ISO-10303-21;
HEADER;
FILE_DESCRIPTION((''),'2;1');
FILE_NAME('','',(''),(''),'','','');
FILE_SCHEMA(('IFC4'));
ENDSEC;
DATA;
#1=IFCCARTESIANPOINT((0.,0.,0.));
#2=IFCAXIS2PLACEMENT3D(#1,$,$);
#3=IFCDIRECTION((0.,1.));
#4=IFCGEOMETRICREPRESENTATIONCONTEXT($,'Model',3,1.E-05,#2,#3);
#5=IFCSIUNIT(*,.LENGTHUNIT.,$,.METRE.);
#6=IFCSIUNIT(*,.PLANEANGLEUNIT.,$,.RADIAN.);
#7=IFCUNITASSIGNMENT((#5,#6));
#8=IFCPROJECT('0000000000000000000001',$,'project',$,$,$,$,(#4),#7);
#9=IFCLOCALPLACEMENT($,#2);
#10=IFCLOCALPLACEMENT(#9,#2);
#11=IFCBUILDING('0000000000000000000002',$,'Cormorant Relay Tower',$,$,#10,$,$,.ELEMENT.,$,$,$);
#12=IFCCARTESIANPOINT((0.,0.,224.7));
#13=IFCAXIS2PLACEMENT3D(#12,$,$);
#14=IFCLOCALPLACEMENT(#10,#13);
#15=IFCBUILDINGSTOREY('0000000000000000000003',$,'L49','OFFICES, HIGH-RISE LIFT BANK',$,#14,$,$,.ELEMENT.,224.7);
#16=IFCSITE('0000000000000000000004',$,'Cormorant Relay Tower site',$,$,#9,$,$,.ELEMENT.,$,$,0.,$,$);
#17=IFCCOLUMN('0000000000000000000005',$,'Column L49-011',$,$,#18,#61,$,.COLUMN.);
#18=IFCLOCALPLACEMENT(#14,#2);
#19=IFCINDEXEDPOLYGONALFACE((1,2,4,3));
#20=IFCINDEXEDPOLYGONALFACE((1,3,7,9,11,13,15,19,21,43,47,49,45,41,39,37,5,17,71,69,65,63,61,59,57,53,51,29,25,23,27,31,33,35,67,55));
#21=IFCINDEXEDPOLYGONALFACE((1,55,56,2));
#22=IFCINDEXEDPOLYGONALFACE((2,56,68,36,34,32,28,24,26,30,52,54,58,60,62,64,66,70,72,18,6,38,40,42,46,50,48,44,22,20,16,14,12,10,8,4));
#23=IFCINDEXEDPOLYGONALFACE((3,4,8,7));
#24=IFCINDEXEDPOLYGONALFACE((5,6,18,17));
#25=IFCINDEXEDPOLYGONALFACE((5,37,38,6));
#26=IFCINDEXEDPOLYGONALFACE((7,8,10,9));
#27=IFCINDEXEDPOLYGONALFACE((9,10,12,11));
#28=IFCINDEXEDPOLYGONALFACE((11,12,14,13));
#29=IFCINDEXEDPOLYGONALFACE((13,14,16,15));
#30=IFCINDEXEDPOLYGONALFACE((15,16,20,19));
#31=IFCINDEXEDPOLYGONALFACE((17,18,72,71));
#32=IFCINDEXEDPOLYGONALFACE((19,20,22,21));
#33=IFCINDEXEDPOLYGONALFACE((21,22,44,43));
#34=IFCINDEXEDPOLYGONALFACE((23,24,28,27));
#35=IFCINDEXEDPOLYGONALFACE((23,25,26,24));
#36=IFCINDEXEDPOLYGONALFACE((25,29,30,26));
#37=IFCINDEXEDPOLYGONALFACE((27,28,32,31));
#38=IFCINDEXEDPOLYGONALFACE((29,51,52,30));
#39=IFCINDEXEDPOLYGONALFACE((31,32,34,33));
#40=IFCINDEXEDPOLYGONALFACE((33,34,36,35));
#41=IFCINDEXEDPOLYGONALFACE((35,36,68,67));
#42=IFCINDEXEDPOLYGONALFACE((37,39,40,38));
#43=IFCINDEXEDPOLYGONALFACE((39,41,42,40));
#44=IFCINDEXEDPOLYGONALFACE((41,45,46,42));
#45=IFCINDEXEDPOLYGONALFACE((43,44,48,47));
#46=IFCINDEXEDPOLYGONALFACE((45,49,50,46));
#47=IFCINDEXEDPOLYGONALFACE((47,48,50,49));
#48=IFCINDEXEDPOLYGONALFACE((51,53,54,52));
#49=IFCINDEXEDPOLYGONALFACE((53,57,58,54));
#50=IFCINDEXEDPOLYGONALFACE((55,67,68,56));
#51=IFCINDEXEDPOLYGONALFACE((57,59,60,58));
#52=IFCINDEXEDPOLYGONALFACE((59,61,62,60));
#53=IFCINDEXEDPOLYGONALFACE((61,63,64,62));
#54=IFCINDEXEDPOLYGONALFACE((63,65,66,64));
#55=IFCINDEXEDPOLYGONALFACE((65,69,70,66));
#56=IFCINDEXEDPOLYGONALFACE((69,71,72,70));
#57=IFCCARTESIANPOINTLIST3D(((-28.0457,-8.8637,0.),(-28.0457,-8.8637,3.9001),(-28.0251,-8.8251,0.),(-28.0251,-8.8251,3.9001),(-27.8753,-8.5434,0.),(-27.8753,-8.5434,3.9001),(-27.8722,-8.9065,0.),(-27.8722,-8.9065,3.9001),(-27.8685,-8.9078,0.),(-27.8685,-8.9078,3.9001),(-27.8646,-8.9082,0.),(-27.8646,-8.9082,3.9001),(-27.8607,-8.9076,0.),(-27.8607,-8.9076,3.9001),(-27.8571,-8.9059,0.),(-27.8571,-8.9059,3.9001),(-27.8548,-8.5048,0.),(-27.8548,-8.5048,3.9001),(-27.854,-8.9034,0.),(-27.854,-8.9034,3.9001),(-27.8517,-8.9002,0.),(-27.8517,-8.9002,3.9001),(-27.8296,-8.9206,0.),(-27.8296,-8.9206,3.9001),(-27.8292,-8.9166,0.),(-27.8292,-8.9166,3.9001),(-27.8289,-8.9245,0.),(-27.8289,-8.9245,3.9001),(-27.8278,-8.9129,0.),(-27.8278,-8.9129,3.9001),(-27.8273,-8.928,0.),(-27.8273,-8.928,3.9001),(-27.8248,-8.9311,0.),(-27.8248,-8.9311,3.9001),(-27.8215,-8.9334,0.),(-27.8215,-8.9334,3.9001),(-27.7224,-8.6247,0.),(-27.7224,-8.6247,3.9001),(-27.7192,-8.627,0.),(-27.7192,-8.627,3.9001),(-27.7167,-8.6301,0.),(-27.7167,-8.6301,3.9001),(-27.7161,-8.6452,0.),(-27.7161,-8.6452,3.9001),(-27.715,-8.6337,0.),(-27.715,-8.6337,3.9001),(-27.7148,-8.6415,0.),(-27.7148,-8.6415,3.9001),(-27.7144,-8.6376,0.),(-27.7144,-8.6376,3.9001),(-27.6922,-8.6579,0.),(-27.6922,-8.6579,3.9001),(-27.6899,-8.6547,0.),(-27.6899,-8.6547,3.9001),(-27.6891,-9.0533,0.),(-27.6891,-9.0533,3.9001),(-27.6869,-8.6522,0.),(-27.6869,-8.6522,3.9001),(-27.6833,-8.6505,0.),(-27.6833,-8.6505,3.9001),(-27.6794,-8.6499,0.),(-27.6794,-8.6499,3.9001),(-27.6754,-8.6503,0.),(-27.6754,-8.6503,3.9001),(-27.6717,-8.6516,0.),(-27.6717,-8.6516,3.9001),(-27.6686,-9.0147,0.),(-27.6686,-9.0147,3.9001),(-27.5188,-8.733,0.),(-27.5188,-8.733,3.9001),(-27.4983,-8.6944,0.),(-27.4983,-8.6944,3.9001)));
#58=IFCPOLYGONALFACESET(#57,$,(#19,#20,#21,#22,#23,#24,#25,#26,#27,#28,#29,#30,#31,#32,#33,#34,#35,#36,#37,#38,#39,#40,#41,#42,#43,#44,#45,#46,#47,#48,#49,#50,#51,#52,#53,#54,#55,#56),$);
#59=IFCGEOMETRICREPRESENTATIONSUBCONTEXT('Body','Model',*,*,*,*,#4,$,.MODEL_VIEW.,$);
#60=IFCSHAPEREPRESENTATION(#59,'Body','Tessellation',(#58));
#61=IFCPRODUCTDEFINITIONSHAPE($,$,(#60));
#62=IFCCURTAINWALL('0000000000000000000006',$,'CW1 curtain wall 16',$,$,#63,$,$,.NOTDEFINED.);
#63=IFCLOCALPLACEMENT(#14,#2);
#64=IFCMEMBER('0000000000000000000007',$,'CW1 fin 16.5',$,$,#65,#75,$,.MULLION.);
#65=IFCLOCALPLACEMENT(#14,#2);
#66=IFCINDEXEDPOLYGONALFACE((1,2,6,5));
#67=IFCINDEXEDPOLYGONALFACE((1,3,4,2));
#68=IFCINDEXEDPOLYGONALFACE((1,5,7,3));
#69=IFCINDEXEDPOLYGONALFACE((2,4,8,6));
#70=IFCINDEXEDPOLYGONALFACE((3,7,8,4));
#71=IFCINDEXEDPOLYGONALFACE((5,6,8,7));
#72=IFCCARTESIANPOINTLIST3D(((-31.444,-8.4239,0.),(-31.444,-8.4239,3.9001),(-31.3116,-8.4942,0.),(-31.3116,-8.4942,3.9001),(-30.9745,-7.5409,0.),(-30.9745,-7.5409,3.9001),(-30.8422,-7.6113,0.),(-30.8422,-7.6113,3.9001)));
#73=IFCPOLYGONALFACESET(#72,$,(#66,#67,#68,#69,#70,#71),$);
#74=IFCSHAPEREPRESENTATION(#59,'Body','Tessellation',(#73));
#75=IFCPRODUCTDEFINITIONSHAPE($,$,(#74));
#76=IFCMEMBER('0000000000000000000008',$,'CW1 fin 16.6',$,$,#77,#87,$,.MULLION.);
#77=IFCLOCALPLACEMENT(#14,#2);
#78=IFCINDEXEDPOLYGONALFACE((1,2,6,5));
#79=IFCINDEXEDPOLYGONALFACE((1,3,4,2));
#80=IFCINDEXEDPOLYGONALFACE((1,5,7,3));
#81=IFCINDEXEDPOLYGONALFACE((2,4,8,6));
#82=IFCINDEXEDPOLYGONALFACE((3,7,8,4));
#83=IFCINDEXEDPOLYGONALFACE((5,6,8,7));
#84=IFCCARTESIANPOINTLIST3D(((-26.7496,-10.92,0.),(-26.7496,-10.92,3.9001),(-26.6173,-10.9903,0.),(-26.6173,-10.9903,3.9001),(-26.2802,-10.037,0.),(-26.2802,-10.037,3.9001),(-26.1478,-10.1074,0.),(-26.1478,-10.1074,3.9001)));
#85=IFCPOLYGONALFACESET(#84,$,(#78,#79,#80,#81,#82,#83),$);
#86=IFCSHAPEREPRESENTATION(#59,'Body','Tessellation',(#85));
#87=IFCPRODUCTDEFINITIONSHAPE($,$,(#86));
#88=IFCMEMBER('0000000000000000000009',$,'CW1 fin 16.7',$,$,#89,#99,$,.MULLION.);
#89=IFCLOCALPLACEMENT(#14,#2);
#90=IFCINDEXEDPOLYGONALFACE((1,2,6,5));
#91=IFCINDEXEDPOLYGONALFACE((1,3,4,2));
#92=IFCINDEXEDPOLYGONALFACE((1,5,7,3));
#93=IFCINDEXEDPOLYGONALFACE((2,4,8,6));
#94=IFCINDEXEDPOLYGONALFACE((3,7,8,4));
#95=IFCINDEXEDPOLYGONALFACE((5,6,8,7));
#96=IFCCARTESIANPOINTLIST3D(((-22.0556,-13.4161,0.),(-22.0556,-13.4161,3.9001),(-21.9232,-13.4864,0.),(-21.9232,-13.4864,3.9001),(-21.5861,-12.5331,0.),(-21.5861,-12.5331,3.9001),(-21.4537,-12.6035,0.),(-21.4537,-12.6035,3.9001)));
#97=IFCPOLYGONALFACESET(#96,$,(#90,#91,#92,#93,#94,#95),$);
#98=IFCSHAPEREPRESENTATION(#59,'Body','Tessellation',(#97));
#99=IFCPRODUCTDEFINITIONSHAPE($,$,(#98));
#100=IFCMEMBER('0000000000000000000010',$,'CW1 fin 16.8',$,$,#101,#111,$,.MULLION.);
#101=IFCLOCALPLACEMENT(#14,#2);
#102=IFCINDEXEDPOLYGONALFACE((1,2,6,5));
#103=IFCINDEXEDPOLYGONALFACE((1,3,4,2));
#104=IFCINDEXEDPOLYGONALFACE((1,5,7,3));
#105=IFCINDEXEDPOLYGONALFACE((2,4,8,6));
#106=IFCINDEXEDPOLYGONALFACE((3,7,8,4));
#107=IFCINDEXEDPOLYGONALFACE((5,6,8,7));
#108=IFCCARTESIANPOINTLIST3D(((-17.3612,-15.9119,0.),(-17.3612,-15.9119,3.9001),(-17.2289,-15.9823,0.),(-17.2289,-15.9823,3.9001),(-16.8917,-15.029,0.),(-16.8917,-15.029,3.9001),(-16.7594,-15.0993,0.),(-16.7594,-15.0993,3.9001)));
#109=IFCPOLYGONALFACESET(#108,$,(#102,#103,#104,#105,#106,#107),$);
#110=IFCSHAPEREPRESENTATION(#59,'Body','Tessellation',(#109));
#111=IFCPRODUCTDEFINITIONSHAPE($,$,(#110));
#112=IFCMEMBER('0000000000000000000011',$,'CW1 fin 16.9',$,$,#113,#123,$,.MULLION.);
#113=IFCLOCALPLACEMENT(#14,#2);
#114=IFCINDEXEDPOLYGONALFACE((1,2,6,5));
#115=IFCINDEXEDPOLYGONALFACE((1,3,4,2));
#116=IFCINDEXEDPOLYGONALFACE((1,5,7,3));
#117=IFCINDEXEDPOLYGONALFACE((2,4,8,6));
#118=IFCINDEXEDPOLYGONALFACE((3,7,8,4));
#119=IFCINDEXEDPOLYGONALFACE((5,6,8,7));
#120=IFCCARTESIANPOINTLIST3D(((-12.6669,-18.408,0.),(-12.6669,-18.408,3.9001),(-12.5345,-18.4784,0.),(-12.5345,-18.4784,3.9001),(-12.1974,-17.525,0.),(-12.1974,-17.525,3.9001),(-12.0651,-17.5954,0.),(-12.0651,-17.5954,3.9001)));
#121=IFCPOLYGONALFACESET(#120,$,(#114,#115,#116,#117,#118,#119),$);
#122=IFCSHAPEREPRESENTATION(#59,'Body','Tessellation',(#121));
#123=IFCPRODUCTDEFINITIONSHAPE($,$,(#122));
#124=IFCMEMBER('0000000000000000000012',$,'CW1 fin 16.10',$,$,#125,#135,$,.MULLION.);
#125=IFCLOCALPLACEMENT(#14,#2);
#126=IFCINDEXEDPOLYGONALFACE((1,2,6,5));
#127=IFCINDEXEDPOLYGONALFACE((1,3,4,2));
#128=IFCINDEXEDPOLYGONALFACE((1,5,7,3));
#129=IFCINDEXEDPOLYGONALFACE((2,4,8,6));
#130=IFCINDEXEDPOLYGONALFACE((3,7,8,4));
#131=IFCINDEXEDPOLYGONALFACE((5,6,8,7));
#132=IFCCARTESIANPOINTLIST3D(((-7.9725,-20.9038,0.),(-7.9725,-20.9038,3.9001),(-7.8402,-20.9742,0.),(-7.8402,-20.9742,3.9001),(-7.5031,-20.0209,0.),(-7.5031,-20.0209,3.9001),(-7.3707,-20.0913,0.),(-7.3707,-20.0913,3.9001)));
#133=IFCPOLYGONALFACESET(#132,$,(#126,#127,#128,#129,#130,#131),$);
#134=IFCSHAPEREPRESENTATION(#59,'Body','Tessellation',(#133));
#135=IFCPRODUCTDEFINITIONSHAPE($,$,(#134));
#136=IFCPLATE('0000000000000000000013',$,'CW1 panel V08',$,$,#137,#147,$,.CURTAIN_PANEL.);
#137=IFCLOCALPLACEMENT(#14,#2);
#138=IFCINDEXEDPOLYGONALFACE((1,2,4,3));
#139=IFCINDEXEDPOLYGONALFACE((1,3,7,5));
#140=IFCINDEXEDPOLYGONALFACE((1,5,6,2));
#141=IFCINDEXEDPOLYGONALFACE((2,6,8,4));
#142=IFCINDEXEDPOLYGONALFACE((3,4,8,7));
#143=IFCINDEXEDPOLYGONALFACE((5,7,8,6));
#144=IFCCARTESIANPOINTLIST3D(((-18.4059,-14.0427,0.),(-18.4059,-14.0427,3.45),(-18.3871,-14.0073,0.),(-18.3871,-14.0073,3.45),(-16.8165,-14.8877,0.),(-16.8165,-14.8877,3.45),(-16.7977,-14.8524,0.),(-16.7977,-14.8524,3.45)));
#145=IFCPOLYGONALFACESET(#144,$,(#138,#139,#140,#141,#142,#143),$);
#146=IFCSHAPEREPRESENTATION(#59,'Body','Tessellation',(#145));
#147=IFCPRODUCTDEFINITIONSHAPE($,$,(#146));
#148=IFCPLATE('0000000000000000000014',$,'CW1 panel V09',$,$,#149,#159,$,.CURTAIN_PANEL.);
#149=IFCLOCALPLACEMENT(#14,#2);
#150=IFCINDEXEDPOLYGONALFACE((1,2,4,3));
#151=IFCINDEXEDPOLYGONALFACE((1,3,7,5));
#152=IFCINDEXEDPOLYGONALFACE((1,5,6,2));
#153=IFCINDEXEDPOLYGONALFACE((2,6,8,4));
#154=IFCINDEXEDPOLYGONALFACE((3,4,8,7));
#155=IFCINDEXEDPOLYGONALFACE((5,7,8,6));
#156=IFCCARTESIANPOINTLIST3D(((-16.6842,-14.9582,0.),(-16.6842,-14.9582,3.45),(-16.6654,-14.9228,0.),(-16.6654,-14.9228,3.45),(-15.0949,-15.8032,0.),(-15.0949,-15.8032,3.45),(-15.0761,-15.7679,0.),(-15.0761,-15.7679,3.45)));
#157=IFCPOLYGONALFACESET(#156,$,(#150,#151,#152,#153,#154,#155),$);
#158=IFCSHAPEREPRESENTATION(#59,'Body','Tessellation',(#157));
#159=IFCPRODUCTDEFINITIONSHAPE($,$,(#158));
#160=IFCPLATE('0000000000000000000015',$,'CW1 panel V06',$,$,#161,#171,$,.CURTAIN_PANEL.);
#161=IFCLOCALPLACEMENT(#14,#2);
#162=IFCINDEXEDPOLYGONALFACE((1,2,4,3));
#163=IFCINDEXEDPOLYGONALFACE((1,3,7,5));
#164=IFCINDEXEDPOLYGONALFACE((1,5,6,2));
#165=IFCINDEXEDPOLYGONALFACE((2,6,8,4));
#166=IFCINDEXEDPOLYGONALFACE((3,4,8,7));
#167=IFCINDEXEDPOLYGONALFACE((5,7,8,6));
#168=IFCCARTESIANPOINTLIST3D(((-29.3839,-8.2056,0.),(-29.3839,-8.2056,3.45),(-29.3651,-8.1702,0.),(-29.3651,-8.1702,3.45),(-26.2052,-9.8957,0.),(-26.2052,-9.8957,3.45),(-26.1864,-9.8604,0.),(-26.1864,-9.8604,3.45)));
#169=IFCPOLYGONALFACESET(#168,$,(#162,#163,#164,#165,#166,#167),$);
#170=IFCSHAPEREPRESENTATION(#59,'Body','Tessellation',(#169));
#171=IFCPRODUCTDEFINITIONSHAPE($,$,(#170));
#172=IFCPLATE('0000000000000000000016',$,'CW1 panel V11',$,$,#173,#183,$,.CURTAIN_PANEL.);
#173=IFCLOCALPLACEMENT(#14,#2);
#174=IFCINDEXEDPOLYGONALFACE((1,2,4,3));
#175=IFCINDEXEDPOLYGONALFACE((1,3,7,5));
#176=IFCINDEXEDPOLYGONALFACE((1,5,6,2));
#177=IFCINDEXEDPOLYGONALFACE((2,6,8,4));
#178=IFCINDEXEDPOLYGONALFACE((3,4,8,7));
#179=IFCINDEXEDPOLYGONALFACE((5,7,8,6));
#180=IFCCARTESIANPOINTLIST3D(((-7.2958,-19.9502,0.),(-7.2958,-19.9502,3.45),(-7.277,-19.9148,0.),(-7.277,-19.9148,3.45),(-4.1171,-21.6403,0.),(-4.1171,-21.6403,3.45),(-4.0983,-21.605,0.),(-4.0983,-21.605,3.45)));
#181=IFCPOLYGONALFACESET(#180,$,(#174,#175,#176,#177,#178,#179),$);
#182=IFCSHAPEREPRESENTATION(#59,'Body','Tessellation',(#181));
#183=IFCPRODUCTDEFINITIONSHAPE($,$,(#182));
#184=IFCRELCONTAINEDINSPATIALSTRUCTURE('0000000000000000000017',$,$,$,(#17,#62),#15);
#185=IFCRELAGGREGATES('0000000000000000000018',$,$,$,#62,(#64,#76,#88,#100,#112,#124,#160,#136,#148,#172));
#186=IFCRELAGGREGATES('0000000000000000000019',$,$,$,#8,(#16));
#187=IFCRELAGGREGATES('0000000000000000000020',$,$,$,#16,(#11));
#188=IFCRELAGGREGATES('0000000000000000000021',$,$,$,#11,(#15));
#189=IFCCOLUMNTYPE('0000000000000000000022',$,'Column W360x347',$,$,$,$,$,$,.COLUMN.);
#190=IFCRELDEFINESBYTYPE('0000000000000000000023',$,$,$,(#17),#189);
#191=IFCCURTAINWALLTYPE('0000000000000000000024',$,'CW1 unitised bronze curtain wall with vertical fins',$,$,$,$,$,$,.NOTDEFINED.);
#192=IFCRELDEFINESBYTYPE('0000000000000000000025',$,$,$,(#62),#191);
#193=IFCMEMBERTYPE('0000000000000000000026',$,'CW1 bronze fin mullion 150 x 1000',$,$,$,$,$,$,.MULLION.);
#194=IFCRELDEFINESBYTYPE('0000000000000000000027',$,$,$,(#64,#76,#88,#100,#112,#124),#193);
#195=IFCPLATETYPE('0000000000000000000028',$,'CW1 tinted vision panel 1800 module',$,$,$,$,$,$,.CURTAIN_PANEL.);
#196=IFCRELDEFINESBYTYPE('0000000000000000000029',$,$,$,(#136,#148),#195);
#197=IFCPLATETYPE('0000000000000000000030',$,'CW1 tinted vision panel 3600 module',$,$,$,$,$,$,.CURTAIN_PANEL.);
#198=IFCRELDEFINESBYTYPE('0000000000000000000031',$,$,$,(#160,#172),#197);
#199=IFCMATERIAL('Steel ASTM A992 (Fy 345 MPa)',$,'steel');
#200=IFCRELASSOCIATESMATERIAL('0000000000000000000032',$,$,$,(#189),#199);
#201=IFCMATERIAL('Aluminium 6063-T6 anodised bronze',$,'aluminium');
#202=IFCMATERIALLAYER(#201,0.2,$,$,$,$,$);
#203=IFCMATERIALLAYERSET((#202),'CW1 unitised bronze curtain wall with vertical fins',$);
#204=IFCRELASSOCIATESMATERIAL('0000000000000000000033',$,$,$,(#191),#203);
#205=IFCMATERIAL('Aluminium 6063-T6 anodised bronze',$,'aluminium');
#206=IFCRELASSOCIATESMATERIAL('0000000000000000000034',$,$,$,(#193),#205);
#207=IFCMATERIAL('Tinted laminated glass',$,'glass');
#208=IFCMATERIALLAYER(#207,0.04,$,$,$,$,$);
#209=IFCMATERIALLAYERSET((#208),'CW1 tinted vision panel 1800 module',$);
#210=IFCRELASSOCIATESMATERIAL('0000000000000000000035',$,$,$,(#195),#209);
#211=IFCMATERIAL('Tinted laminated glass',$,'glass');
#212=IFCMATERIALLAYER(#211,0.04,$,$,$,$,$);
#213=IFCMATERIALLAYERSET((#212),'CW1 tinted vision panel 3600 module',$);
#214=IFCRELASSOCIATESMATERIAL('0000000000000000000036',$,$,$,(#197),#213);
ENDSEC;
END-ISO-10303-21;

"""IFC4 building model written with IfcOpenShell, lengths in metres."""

from ifc_helpers import new_model, si_unit, direction, frame, origin, origin_2d, place, context, subcontext, project, spatial, rectangle, i_section, extrude, material, layer, layer_set, material_profile, profile_set, type_object, element, aggregate, save


model = new_model("IFC4")

# Units and contexts
model_context = context("Model", 3, precision=1e-05, world=origin(), true_north=direction((0.0, 1.0)))
body_context = subcontext(model_context, "Body", "Model", "MODEL_VIEW")
ifc_project = project(units=[si_unit("LENGTHUNIT", "METRE"), si_unit("PLANEANGLEUNIT", "RADIAN")], contexts=[model_context])

# Site, building, storey
site_placement = place(None, origin())
site = spatial("IfcSite", under=ifc_project, at=site_placement, Name="Cormorant Relay Tower site", CompositionType="ELEMENT", RefElevation=0.0)
building_placement = place(site_placement, origin())
building = spatial("IfcBuilding", under=site, at=building_placement, Name="Cormorant Relay Tower", CompositionType="ELEMENT")
storey_placement = place(building_placement, frame((0.0, 0.0, 224.7)))
storey = spatial("IfcBuildingStorey", under=building, at=storey_placement, Name="L49", Description="OFFICES, HIGH-RISE LIFT BANK", CompositionType="ELEMENT", Elevation=224.7)

# Column
ifc_material_1 = material(Name="Steel ASTM A992 (Fy 345 MPa)", Category="steel")
ifc_material_profile_1 = material_profile(ifc_material_1, i_section(OverallWidth=0.4038, OverallDepth=0.4065, WebThickness=0.0271, FlangeThickness=0.0437, FilletRadius=0.0151, at=origin_2d()), Name="W360x347")
ifc_profile_set_1 = profile_set([ifc_material_profile_1], Name="Steel ASTM A992 (Fy 345 MPa)")
column_type_1 = type_object("IfcColumnType", Name="Column W360x347", PredefinedType="COLUMN", material=ifc_profile_set_1)
for number, where, z_axis, x_axis, name in (
    (1, (-27.772, -8.7791, 0.0), (0.0, 0.0, 1.0), (0.882948, -0.469472, 0.0), "Column L49-011"),
):
    element("IfcColumn", number, at=place(storey_placement, frame(where, z_axis=z_axis, x_axis=x_axis)), inside=storey, type_object=column_type_1, Name=name, PredefinedType="COLUMN", context=body_context, shape_type="SweptSolid", body=[
        extrude(i_section(OverallWidth=0.4038, OverallDepth=0.4065, WebThickness=0.0271, FlangeThickness=0.0437, FilletRadius=0.0151, at=origin_2d()), origin(), (0.0, 0.0, 1.0), 3.9001),
    ])

# Curtain wall, members, plates
ifc_material_2 = material(Name="Aluminium 6063-T6 anodised bronze", Category="aluminium")
ifc_layer_1 = layer(ifc_material_2, 0.2)
ifc_layer_set_1 = layer_set([ifc_layer_1], Name="CW1 unitised bronze curtain wall with vertical fins")
curtain_wall_type = type_object("IfcCurtainWallType", Name="CW1 unitised bronze curtain wall with vertical fins", PredefinedType="NOTDEFINED", material=ifc_layer_set_1)
curtain_wall_placement = place(storey_placement, origin())
curtain_wall = element("IfcCurtainWall", 2, at=curtain_wall_placement, inside=storey, type_object=curtain_wall_type, Name="CW1 curtain wall 16", PredefinedType="NOTDEFINED")
ifc_material_3 = material(Name="Aluminium 6063-T6 anodised bronze", Category="aluminium")
ifc_material_profile_2 = material_profile(ifc_material_3, rectangle(XDim=0.1499, YDim=1.0, at=origin_2d()), Name="AL 150x1000")
ifc_profile_set_2 = profile_set([ifc_material_profile_2], Name="Aluminium 6063-T6 anodised bronze")
member_type = type_object("IfcMemberType", Name="CW1 bronze fin mullion 150 x 1000", PredefinedType="MULLION", material=ifc_profile_set_2)
member_1_placement = place(storey_placement, frame((-31.1431, -8.0176, 0.0), z_axis=(0.0, 0.0, 1.0), x_axis=(0.882948, -0.469472, 0.0)))
member_1 = element("IfcMember", 3, at=member_1_placement, type_object=member_type, Name="CW1 fin 16.5", PredefinedType="MULLION", context=body_context, shape_type="SweptSolid", body=[
    extrude(rectangle(XDim=0.1499, YDim=1.0, at=origin_2d()), origin(), (0.0, 0.0, 1.0), 3.9001),
])
member_2_placement = place(storey_placement, frame((-26.4487, -10.5137, 0.0), z_axis=(0.0, 0.0, 1.0), x_axis=(0.882948, -0.469472, 0.0)))
member_2 = element("IfcMember", 4, at=member_2_placement, type_object=member_type, Name="CW1 fin 16.6", PredefinedType="MULLION", context=body_context, shape_type="SweptSolid", body=[
    extrude(rectangle(XDim=0.1499, YDim=1.0, at=origin_2d()), origin(), (0.0, 0.0, 1.0), 3.9001),
])
member_3_placement = place(storey_placement, frame((-21.7546, -13.0098, 0.0), z_axis=(0.0, 0.0, 1.0), x_axis=(0.882948, -0.469472, 0.0)))
member_3 = element("IfcMember", 5, at=member_3_placement, type_object=member_type, Name="CW1 fin 16.7", PredefinedType="MULLION", context=body_context, shape_type="SweptSolid", body=[
    extrude(rectangle(XDim=0.1499, YDim=1.0, at=origin_2d()), origin(), (0.0, 0.0, 1.0), 3.9001),
])
member_4_placement = place(storey_placement, frame((-17.0603, -15.5056, 0.0), z_axis=(0.0, 0.0, 1.0), x_axis=(0.882948, -0.469472, 0.0)))
member_4 = element("IfcMember", 6, at=member_4_placement, type_object=member_type, Name="CW1 fin 16.8", PredefinedType="MULLION", context=body_context, shape_type="SweptSolid", body=[
    extrude(rectangle(XDim=0.1499, YDim=1.0, at=origin_2d()), origin(), (0.0, 0.0, 1.0), 3.9001),
])
member_5_placement = place(storey_placement, frame((-12.366, -18.0017, 0.0), z_axis=(0.0, 0.0, 1.0), x_axis=(0.882948, -0.469472, 0.0)))
member_5 = element("IfcMember", 7, at=member_5_placement, type_object=member_type, Name="CW1 fin 16.9", PredefinedType="MULLION", context=body_context, shape_type="SweptSolid", body=[
    extrude(rectangle(XDim=0.1499, YDim=1.0, at=origin_2d()), origin(), (0.0, 0.0, 1.0), 3.9001),
])
member_6_placement = place(storey_placement, frame((-7.6716, -20.4976, 0.0), z_axis=(0.0, 0.0, 1.0), x_axis=(0.882948, -0.469472, 0.0)))
member_6 = element("IfcMember", 8, at=member_6_placement, type_object=member_type, Name="CW1 fin 16.10", PredefinedType="MULLION", context=body_context, shape_type="SweptSolid", body=[
    extrude(rectangle(XDim=0.1499, YDim=1.0, at=origin_2d()), origin(), (0.0, 0.0, 1.0), 3.9001),
])
ifc_material_4 = material(Name="Tinted laminated glass", Category="glass")
ifc_layer_2 = layer(ifc_material_4, 0.04)
ifc_layer_set_2 = layer_set([ifc_layer_2], Name="CW1 tinted vision panel 1800 module")
plate_type_1 = type_object("IfcPlateType", Name="CW1 tinted vision panel 1800 module", PredefinedType="CURTAIN_PANEL", material=ifc_layer_set_2)
plate_1_placement = place(storey_placement, frame((-17.6018, -14.4475, 0.0), z_axis=(0.0, 0.0, 1.0), x_axis=(0.882948, -0.469472, 0.0)))
plate_1 = element("IfcPlate", 9, at=plate_1_placement, type_object=plate_type_1, Name="CW1 panel V08", PredefinedType="CURTAIN_PANEL", context=body_context, shape_type="SweptSolid", body=[
    extrude(rectangle(XDim=1.8, YDim=0.04, at=origin_2d()), origin(), (0.0, 0.0, 1.0), 3.45),
])
plate_2_placement = place(storey_placement, frame((-15.8801, -15.363, 0.0), z_axis=(0.0, 0.0, 1.0), x_axis=(0.882948, -0.469472, 0.0)))
plate_2 = element("IfcPlate", 10, at=plate_2_placement, type_object=plate_type_1, Name="CW1 panel V09", PredefinedType="CURTAIN_PANEL", context=body_context, shape_type="SweptSolid", body=[
    extrude(rectangle(XDim=1.8, YDim=0.04, at=origin_2d()), origin(), (0.0, 0.0, 1.0), 3.45),
])
ifc_material_5 = material(Name="Tinted laminated glass", Category="glass")
ifc_layer_3 = layer(ifc_material_5, 0.04)
ifc_layer_set_3 = layer_set([ifc_layer_3], Name="CW1 tinted vision panel 3600 module")
plate_type_2 = type_object("IfcPlateType", Name="CW1 tinted vision panel 3600 module", PredefinedType="CURTAIN_PANEL", material=ifc_layer_set_3)
plate_3_placement = place(storey_placement, frame((-27.7852, -9.033, 0.0), z_axis=(0.0, 0.0, 1.0), x_axis=(0.882948, -0.469472, 0.0)))
plate_3 = element("IfcPlate", 11, at=plate_3_placement, type_object=plate_type_2, Name="CW1 panel V06", PredefinedType="CURTAIN_PANEL", context=body_context, shape_type="SweptSolid", body=[
    extrude(rectangle(XDim=3.6001, YDim=0.04, at=origin_2d()), origin(), (0.0, 0.0, 1.0), 3.45),
])
plate_4_placement = place(storey_placement, frame((-5.697, -20.7776, 0.0), z_axis=(0.0, 0.0, 1.0), x_axis=(0.882948, -0.469472, 0.0)))
plate_4 = element("IfcPlate", 12, at=plate_4_placement, type_object=plate_type_2, Name="CW1 panel V11", PredefinedType="CURTAIN_PANEL", context=body_context, shape_type="SweptSolid", body=[
    extrude(rectangle(XDim=3.6001, YDim=0.04, at=origin_2d()), origin(), (0.0, 0.0, 1.0), 3.45),
])

aggregate(curtain_wall, [member_1, member_2, member_3, member_4, member_5, member_6, plate_3, plate_1, plate_2, plate_4])

save(model, "model.ifc")
